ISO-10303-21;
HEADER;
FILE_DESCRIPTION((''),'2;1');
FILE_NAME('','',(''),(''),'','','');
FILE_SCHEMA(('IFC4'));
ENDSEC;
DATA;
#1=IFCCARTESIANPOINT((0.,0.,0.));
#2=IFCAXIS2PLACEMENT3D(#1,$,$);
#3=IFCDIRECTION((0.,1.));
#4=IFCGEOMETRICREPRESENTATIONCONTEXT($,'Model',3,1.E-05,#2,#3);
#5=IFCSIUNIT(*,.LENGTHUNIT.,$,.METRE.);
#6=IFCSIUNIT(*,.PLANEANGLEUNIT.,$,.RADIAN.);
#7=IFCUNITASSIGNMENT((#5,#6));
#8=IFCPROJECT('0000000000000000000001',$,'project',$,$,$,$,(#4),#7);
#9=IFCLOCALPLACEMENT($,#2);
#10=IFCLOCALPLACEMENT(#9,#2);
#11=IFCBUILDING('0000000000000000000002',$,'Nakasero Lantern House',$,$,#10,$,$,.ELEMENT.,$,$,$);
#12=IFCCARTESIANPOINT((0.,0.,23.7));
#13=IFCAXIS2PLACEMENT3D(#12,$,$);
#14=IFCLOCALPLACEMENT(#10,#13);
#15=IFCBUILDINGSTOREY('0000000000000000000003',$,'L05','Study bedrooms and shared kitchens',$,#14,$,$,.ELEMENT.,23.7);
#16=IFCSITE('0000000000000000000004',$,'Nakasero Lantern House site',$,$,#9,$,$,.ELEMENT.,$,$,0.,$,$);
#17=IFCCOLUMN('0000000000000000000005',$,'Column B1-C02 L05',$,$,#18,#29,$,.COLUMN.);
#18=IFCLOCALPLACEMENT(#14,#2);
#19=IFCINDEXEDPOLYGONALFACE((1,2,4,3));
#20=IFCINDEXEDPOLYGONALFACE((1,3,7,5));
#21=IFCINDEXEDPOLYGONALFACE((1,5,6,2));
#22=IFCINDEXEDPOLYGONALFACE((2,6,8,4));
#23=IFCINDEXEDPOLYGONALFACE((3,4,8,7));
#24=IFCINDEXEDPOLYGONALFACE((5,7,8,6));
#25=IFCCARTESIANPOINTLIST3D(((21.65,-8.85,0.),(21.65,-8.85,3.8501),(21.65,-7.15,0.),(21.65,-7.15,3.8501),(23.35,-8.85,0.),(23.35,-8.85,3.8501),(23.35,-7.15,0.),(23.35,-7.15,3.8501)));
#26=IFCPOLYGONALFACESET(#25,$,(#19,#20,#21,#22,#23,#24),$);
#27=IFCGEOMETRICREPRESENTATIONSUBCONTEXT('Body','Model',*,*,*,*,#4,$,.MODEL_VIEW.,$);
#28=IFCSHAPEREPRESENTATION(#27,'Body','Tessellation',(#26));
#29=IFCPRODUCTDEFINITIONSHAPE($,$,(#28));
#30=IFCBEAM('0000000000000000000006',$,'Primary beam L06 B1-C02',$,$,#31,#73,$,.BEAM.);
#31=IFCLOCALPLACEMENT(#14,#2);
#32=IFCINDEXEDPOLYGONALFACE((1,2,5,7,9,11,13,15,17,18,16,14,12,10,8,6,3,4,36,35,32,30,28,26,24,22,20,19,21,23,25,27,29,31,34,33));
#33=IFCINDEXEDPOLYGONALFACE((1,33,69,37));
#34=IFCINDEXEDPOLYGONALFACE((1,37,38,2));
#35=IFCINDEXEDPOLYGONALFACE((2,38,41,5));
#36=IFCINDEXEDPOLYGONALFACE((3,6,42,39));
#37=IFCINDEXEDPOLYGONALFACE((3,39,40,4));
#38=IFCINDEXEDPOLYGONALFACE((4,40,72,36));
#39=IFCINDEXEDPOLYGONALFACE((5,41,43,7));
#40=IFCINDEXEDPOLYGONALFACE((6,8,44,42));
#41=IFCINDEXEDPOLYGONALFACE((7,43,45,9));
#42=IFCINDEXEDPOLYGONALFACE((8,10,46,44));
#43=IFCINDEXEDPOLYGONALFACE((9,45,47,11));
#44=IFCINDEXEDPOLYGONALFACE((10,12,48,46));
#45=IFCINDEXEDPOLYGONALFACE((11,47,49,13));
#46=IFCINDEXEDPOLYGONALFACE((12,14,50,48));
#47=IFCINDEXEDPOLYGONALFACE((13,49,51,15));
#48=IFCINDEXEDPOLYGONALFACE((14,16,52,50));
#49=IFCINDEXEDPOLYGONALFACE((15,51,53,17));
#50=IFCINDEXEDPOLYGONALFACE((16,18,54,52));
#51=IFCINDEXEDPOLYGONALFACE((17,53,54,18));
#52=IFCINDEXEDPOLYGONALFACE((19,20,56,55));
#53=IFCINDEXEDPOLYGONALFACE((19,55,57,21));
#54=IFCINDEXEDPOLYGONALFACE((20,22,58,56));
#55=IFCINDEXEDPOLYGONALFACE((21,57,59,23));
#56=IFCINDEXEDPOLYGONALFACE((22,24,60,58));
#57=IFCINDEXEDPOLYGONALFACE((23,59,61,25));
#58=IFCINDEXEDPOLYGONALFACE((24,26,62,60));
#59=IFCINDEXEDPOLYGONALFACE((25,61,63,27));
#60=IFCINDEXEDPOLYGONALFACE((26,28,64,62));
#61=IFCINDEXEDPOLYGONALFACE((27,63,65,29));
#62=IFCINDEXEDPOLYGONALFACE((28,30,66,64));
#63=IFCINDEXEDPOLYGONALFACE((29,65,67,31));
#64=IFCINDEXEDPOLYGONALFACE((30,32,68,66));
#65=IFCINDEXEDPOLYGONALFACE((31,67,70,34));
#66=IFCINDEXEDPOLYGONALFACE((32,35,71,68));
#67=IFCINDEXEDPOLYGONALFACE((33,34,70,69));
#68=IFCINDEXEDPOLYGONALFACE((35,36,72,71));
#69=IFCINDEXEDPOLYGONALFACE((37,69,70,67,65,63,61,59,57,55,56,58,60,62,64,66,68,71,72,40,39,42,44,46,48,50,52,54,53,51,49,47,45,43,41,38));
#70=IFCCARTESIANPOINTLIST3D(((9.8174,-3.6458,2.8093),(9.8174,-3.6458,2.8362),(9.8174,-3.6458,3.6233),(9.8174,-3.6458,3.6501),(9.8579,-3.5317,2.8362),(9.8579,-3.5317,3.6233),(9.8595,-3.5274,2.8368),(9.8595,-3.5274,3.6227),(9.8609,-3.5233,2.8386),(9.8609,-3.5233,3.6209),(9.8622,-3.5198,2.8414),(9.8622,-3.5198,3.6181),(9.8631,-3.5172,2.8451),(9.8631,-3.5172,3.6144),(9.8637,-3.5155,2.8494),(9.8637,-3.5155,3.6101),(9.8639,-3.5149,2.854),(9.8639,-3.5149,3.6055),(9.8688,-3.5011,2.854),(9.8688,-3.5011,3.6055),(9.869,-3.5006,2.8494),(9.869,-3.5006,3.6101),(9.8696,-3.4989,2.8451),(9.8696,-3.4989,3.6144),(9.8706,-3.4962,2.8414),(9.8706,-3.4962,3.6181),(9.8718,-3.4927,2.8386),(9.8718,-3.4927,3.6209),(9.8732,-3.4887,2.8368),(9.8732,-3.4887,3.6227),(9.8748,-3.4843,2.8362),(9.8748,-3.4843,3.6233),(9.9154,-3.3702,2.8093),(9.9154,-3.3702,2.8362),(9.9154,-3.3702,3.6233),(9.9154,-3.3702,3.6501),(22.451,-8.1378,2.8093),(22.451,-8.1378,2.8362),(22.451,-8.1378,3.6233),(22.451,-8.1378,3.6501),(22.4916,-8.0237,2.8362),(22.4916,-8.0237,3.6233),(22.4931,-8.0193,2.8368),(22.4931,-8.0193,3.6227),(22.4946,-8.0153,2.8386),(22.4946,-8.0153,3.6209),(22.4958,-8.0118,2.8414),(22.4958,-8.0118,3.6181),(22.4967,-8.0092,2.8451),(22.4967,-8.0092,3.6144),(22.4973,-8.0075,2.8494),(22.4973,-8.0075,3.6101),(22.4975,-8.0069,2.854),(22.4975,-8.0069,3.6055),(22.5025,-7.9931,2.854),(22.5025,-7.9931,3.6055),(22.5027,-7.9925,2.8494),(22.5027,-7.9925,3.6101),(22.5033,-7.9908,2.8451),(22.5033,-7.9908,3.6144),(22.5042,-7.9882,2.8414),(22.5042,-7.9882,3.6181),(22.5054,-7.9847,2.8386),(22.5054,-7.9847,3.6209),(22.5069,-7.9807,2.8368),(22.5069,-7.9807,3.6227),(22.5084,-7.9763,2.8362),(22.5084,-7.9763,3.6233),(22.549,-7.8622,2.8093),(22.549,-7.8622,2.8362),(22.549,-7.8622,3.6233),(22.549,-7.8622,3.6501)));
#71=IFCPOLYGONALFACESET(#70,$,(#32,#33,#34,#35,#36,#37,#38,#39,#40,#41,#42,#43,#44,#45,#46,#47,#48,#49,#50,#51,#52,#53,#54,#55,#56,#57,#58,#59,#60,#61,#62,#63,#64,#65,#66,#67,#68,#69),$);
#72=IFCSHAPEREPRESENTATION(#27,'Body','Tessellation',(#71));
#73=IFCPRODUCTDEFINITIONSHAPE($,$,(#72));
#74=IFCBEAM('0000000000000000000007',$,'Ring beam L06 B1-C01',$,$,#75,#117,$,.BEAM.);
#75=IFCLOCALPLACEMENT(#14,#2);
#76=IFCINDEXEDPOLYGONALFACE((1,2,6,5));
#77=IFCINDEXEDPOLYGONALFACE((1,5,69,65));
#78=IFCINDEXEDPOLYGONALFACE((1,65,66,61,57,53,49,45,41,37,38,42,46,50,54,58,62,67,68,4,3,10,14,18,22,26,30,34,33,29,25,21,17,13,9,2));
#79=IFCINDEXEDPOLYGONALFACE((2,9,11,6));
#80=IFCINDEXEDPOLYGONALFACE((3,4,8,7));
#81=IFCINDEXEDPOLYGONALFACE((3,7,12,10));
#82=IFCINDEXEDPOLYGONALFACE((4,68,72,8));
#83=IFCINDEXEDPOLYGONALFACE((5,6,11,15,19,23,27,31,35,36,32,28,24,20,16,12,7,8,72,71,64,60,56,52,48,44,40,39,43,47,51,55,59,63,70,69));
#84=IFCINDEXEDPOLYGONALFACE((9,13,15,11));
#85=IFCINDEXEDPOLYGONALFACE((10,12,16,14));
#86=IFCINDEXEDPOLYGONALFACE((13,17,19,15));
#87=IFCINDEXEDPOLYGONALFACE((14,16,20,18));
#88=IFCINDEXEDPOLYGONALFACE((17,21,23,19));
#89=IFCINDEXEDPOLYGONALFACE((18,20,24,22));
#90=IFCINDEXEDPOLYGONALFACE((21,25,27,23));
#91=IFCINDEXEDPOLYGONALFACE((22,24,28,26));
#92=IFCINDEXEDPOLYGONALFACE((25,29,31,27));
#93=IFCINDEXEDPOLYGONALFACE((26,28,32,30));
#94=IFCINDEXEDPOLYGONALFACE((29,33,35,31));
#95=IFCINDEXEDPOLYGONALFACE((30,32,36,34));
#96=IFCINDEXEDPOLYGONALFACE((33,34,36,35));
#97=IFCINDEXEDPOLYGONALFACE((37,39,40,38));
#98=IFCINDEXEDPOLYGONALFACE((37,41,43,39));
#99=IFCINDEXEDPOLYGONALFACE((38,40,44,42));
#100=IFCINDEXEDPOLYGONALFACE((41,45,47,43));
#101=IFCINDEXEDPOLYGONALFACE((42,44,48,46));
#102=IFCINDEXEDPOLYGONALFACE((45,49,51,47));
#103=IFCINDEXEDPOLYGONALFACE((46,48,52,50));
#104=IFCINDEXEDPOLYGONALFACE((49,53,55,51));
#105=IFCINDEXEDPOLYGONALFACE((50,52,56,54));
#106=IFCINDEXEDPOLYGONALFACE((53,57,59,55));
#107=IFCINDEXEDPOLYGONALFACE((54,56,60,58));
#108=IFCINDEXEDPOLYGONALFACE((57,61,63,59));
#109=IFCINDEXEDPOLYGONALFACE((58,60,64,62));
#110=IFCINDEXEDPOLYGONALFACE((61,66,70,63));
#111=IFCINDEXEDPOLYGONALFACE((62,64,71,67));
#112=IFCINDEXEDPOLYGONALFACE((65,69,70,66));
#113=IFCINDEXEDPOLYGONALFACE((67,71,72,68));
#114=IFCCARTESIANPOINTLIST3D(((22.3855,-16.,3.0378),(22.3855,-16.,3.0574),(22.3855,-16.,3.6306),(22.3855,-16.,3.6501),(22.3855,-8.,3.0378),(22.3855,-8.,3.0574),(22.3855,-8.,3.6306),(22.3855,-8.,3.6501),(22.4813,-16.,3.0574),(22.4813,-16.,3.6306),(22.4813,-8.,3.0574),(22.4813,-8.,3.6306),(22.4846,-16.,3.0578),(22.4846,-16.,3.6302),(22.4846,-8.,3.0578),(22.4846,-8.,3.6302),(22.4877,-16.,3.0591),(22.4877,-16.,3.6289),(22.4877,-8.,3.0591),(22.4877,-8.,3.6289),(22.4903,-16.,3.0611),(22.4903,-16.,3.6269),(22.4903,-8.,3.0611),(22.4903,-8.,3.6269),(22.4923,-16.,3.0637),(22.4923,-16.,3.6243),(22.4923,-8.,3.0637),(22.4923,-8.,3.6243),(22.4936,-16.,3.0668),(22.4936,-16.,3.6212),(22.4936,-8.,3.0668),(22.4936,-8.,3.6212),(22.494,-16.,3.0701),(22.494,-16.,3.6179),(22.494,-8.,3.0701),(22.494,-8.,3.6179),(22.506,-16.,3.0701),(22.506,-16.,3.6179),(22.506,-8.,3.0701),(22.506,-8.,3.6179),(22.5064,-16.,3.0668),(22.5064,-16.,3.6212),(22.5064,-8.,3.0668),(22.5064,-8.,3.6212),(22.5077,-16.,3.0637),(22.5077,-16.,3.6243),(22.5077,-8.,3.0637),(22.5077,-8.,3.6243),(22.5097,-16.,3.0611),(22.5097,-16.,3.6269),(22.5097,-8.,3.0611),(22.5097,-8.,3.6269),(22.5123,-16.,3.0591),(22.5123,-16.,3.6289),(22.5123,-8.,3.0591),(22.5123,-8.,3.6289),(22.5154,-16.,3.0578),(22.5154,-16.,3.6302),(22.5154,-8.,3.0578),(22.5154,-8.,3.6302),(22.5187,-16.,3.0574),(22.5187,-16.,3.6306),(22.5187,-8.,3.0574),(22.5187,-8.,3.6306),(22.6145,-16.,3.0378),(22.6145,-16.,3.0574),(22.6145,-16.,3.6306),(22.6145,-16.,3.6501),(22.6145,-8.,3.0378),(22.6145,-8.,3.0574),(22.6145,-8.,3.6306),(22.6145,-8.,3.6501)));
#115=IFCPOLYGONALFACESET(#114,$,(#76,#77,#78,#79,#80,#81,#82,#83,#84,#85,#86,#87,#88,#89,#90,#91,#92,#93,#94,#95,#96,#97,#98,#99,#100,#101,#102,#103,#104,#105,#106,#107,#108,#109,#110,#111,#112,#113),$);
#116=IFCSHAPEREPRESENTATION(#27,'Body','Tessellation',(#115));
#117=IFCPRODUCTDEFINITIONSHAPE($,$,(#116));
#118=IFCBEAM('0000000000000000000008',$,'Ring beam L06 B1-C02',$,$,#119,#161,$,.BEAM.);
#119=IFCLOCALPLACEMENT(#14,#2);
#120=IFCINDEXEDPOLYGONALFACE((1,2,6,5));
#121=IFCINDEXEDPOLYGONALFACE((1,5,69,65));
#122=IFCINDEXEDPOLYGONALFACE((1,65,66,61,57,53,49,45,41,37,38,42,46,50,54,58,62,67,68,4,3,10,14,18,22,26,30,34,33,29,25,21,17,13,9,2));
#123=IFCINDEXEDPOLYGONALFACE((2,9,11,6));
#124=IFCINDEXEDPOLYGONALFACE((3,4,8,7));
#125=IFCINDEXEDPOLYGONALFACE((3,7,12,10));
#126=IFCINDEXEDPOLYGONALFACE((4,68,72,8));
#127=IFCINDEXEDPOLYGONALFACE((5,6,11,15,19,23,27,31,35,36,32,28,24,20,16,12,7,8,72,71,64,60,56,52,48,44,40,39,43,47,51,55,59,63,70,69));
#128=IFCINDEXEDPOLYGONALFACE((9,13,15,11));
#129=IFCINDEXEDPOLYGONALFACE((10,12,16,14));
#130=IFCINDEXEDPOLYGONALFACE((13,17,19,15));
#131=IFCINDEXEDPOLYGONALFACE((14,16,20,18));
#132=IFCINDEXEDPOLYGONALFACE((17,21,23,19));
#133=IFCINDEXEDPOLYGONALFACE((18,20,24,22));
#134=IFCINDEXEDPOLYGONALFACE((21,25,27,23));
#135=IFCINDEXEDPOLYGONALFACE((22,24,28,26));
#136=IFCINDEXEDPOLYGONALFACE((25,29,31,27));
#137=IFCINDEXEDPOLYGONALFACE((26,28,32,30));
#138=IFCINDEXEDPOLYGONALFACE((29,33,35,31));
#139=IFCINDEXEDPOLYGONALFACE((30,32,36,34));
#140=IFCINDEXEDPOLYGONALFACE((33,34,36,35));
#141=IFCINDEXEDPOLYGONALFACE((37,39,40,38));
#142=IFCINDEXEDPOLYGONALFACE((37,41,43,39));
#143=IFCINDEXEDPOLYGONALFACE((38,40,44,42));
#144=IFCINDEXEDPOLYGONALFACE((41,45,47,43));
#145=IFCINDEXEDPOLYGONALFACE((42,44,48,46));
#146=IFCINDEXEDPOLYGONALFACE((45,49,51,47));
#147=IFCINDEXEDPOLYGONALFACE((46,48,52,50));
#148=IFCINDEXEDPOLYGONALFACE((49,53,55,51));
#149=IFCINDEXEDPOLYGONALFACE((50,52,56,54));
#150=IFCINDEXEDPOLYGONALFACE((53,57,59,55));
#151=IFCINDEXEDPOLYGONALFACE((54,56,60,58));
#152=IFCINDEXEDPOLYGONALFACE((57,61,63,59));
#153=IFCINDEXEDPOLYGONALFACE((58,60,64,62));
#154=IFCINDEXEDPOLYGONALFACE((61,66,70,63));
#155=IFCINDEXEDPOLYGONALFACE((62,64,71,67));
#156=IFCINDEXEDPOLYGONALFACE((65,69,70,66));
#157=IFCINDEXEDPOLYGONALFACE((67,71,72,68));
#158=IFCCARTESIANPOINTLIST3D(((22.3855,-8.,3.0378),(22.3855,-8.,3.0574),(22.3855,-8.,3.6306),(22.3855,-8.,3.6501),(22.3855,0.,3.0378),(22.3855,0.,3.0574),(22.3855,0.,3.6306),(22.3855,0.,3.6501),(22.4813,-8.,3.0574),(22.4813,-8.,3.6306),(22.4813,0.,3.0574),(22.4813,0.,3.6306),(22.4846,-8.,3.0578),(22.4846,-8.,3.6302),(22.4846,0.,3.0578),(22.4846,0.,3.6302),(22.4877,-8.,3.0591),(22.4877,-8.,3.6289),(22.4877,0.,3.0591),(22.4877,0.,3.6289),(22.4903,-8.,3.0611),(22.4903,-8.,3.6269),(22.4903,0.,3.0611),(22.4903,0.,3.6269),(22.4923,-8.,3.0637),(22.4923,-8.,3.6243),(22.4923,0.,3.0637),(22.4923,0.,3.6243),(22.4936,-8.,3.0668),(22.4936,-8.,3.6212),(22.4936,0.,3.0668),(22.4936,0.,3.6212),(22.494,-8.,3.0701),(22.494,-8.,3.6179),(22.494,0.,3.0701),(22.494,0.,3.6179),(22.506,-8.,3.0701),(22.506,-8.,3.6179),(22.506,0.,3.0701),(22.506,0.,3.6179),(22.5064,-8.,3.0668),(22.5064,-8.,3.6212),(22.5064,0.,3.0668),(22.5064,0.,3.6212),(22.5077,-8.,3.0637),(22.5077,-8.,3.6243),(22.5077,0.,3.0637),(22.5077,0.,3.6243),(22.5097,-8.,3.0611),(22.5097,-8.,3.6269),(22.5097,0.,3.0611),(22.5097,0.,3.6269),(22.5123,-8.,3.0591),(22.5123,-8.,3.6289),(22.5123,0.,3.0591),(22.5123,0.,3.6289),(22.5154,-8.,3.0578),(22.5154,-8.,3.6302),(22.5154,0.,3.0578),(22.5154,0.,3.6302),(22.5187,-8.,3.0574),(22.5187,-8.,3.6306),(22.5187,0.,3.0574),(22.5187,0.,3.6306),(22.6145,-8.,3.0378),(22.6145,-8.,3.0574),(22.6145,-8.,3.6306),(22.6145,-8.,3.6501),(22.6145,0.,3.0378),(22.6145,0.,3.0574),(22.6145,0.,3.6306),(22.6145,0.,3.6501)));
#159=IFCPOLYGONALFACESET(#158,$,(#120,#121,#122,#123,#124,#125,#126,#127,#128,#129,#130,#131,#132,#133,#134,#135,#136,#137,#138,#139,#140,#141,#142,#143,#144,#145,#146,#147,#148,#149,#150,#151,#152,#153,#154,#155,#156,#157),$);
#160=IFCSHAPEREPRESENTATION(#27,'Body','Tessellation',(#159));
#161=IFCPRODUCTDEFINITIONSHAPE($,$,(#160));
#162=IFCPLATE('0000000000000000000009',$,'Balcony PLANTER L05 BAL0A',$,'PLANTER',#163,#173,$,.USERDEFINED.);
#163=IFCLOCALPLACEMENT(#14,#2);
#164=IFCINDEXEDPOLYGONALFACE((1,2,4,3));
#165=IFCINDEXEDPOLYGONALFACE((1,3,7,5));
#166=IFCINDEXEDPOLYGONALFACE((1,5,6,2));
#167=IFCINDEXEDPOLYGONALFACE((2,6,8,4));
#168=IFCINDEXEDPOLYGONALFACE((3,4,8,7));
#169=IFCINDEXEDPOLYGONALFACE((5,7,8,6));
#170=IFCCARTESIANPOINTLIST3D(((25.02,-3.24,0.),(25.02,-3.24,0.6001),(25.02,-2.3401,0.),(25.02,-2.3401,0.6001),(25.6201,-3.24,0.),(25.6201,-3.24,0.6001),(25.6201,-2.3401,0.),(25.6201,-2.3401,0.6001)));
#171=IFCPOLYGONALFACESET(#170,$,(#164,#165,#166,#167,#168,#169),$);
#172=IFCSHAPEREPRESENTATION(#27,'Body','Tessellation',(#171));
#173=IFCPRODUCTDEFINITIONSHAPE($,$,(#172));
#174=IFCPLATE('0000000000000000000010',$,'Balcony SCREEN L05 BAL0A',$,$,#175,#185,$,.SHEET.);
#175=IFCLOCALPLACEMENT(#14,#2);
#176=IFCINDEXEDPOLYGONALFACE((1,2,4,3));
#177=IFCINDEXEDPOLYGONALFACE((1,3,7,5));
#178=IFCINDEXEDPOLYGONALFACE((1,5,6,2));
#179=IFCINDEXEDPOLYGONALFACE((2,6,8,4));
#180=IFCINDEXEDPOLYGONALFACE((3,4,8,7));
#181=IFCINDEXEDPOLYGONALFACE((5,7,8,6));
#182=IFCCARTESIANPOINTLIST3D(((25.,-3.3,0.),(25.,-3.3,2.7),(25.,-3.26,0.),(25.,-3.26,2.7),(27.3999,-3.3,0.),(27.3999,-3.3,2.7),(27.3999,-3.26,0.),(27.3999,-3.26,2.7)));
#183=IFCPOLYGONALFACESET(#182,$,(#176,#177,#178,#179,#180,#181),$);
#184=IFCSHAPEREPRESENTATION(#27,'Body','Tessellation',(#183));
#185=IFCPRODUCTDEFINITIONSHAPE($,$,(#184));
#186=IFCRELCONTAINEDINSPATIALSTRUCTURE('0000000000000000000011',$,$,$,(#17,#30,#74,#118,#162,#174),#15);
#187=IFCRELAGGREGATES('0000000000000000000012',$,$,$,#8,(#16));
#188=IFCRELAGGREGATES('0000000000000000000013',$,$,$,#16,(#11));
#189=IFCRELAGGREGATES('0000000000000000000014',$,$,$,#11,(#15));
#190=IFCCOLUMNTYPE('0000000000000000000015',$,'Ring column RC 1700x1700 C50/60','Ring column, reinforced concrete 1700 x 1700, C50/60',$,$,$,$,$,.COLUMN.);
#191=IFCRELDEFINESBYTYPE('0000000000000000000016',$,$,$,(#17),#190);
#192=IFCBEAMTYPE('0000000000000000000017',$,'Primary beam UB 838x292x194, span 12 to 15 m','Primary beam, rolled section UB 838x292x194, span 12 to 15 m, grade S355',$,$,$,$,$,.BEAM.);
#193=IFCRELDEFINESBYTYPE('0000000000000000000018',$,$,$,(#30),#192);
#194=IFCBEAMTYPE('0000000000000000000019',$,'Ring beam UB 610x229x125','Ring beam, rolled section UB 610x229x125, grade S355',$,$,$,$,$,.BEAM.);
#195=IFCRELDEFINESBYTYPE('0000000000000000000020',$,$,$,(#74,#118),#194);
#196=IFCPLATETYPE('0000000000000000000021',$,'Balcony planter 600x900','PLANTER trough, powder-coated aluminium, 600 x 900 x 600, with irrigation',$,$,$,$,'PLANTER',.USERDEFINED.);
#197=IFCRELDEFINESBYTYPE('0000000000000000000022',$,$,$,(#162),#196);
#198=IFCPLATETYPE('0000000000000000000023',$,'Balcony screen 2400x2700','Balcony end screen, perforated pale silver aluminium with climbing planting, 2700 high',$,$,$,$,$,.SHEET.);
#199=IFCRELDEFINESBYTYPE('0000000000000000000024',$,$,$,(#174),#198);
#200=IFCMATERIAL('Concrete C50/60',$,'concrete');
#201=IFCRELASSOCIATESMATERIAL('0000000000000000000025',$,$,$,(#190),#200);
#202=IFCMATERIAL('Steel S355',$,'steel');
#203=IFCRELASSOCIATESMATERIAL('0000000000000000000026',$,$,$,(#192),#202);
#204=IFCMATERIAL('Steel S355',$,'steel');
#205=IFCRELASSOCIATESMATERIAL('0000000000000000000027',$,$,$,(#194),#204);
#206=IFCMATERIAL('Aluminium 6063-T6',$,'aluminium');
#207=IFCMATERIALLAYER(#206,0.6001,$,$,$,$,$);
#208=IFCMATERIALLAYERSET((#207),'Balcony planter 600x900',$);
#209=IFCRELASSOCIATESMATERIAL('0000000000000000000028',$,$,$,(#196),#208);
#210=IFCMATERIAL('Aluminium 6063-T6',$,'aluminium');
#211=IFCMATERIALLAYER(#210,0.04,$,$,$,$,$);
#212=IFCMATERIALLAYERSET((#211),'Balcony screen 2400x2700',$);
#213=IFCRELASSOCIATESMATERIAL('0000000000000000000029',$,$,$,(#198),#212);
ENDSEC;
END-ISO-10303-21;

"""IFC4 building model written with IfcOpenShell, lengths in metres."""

from ifc_helpers import new_model, si_unit, direction, frame, origin, origin_2d, place, context, subcontext, project, spatial, rectangle, i_section, extrude, material, layer, layer_set, material_profile, profile_set, type_object, element, save


model = new_model("IFC4")

# Units and contexts
model_context = context("Model", 3, precision=1e-05, world=origin(), true_north=direction((0.0, 1.0)))
body_context = subcontext(model_context, "Body", "Model", "MODEL_VIEW")
ifc_project = project(units=[si_unit("LENGTHUNIT", "METRE"), si_unit("PLANEANGLEUNIT", "RADIAN")], contexts=[model_context])

# Site, building, storey
site_placement = place(None, origin())
site = spatial("IfcSite", under=ifc_project, at=site_placement, Name="Nakasero Lantern House site", CompositionType="ELEMENT", RefElevation=0.0)
building_placement = place(site_placement, origin())
building = spatial("IfcBuilding", under=site, at=building_placement, Name="Nakasero Lantern House", CompositionType="ELEMENT")
storey_placement = place(building_placement, frame((0.0, 0.0, 23.7)))
storey = spatial("IfcBuildingStorey", under=building, at=storey_placement, Name="L05", Description="Study bedrooms and shared kitchens", CompositionType="ELEMENT", Elevation=23.7)

# Column
ifc_material_1 = material(Name="Concrete C50/60", Category="concrete")
ifc_material_profile_1 = material_profile(ifc_material_1, rectangle(XDim=1.7, YDim=1.7, at=origin_2d()), Name="RC 1700x1700")
ifc_profile_set_1 = profile_set([ifc_material_profile_1], Name="Concrete C50/60")
column_type = type_object("IfcColumnType", Name="Ring column RC 1700x1700 C50/60", Description="Ring column, reinforced concrete 1700 x 1700, C50/60", PredefinedType="COLUMN", material=ifc_profile_set_1)
column_placement = place(storey_placement, frame((22.5, -8.0, 0.0), z_axis=(0.0, 0.0, 1.0), x_axis=(1.0, 0.0, 0.0)))
element("IfcColumn", 1, at=column_placement, inside=storey, type_object=column_type, Name="Column B1-C02 L05", PredefinedType="COLUMN", context=body_context, shape_type="SweptSolid", body=[
    extrude(rectangle(XDim=1.7, YDim=1.7, at=origin_2d()), origin(), (0.0, 0.0, 1.0), 3.8501),
])

# Beams
ifc_material_2 = material(Name="Steel S355", Category="steel")
ifc_material_profile_2 = material_profile(ifc_material_2, i_section(OverallWidth=0.2925, OverallDepth=0.8408, WebThickness=0.0146, FlangeThickness=0.0269, FilletRadius=0.0178, at=origin_2d()), Name="UB 838x292x194")
ifc_profile_set_2 = profile_set([ifc_material_profile_2], Name="Steel S355")
beam_type_1 = type_object("IfcBeamType", Name="Primary beam UB 838x292x194, span 12 to 15 m", Description="Primary beam, rolled section UB 838x292x194, span 12 to 15 m, grade S355", PredefinedType="BEAM", material=ifc_profile_set_2)
beam_placement = place(storey_placement, frame((22.5, -8.0, 3.2297), z_axis=(-0.942214, 0.335011, 0.0), x_axis=(-0.335011, -0.942214, 0.0)))
element("IfcBeam", 2, at=beam_placement, inside=storey, type_object=beam_type_1, Name="Primary beam L06 B1-C02", PredefinedType="BEAM", context=body_context, shape_type="SweptSolid", body=[
    extrude(i_section(OverallWidth=0.2925, OverallDepth=0.8408, WebThickness=0.0146, FlangeThickness=0.0269, FilletRadius=0.0178, at=origin_2d()), origin(), (0.0, 0.0, 1.0), 13.4084),
])
ifc_material_3 = material(Name="Steel S355", Category="steel")
ifc_material_profile_3 = material_profile(ifc_material_3, i_section(OverallWidth=0.229, OverallDepth=0.6123, WebThickness=0.012, FlangeThickness=0.0195, FilletRadius=0.0127, at=origin_2d()), Name="UB 610x229x125")
ifc_profile_set_3 = profile_set([ifc_material_profile_3], Name="Steel S355")
beam_type_2 = type_object("IfcBeamType", Name="Ring beam UB 610x229x125", Description="Ring beam, rolled section UB 610x229x125, grade S355", PredefinedType="BEAM", material=ifc_profile_set_3)
for number, where, z_axis, x_axis, name in (
    (3, (22.5, -16.0, 3.344), (0.0, 1.0, 0.0), (-1.0, 0.0, 0.0), "Ring beam L06 B1-C01"),
    (4, (22.5, -8.0, 3.344), (0.0, 1.0, 0.0), (-1.0, 0.0, 0.0), "Ring beam L06 B1-C02"),
):
    element("IfcBeam", number, at=place(storey_placement, frame(where, z_axis=z_axis, x_axis=x_axis)), inside=storey, type_object=beam_type_2, Name=name, PredefinedType="BEAM", context=body_context, shape_type="SweptSolid", body=[
        extrude(i_section(OverallWidth=0.229, OverallDepth=0.6123, WebThickness=0.012, FlangeThickness=0.0195, FilletRadius=0.0127, at=origin_2d()), origin(), (0.0, 0.0, 1.0), 8.0),
    ])

# Plates
ifc_material_4 = material(Name="Aluminium 6063-T6", Category="aluminium")
ifc_layer_1 = layer(ifc_material_4, 0.6001)
ifc_layer_set_1 = layer_set([ifc_layer_1], Name="Balcony planter 600x900")
plate_type_1 = type_object("IfcPlateType", Name="Balcony planter 600x900", Description="PLANTER trough, powder-coated aluminium, 600 x 900 x 600, with irrigation", ElementType="PLANTER", PredefinedType="USERDEFINED", material=ifc_layer_set_1)
plate_1_placement = place(storey_placement, frame((25.3201, -2.79, 0.0), z_axis=(0.0, 0.0, 1.0), x_axis=(1.0, 0.0, 0.0)))
element("IfcPlate", 5, at=plate_1_placement, inside=storey, type_object=plate_type_1, Name="Balcony PLANTER L05 BAL0A", ObjectType="PLANTER", PredefinedType="USERDEFINED", context=body_context, shape_type="SweptSolid", body=[
    extrude(rectangle(XDim=0.6001, YDim=0.8999, at=origin_2d()), origin(), (0.0, 0.0, 1.0), 0.6001),
])
ifc_material_5 = material(Name="Aluminium 6063-T6", Category="aluminium")
ifc_layer_2 = layer(ifc_material_5, 0.04)
ifc_layer_set_2 = layer_set([ifc_layer_2], Name="Balcony screen 2400x2700")
plate_type_2 = type_object("IfcPlateType", Name="Balcony screen 2400x2700", Description="Balcony end screen, perforated pale silver aluminium with climbing planting, 2700 high", PredefinedType="SHEET", material=ifc_layer_set_2)
plate_2_placement = place(storey_placement, frame((26.2, -3.28, 0.0), z_axis=(0.0, 0.0, 1.0), x_axis=(1.0, 0.0, 0.0)))
element("IfcPlate", 6, at=plate_2_placement, inside=storey, type_object=plate_type_2, Name="Balcony SCREEN L05 BAL0A", PredefinedType="SHEET", context=body_context, shape_type="SweptSolid", body=[
    extrude(rectangle(XDim=2.3999, YDim=0.04, at=origin_2d()), origin(), (0.0, 0.0, 1.0), 2.7),
])

save(model, "model.ifc")
